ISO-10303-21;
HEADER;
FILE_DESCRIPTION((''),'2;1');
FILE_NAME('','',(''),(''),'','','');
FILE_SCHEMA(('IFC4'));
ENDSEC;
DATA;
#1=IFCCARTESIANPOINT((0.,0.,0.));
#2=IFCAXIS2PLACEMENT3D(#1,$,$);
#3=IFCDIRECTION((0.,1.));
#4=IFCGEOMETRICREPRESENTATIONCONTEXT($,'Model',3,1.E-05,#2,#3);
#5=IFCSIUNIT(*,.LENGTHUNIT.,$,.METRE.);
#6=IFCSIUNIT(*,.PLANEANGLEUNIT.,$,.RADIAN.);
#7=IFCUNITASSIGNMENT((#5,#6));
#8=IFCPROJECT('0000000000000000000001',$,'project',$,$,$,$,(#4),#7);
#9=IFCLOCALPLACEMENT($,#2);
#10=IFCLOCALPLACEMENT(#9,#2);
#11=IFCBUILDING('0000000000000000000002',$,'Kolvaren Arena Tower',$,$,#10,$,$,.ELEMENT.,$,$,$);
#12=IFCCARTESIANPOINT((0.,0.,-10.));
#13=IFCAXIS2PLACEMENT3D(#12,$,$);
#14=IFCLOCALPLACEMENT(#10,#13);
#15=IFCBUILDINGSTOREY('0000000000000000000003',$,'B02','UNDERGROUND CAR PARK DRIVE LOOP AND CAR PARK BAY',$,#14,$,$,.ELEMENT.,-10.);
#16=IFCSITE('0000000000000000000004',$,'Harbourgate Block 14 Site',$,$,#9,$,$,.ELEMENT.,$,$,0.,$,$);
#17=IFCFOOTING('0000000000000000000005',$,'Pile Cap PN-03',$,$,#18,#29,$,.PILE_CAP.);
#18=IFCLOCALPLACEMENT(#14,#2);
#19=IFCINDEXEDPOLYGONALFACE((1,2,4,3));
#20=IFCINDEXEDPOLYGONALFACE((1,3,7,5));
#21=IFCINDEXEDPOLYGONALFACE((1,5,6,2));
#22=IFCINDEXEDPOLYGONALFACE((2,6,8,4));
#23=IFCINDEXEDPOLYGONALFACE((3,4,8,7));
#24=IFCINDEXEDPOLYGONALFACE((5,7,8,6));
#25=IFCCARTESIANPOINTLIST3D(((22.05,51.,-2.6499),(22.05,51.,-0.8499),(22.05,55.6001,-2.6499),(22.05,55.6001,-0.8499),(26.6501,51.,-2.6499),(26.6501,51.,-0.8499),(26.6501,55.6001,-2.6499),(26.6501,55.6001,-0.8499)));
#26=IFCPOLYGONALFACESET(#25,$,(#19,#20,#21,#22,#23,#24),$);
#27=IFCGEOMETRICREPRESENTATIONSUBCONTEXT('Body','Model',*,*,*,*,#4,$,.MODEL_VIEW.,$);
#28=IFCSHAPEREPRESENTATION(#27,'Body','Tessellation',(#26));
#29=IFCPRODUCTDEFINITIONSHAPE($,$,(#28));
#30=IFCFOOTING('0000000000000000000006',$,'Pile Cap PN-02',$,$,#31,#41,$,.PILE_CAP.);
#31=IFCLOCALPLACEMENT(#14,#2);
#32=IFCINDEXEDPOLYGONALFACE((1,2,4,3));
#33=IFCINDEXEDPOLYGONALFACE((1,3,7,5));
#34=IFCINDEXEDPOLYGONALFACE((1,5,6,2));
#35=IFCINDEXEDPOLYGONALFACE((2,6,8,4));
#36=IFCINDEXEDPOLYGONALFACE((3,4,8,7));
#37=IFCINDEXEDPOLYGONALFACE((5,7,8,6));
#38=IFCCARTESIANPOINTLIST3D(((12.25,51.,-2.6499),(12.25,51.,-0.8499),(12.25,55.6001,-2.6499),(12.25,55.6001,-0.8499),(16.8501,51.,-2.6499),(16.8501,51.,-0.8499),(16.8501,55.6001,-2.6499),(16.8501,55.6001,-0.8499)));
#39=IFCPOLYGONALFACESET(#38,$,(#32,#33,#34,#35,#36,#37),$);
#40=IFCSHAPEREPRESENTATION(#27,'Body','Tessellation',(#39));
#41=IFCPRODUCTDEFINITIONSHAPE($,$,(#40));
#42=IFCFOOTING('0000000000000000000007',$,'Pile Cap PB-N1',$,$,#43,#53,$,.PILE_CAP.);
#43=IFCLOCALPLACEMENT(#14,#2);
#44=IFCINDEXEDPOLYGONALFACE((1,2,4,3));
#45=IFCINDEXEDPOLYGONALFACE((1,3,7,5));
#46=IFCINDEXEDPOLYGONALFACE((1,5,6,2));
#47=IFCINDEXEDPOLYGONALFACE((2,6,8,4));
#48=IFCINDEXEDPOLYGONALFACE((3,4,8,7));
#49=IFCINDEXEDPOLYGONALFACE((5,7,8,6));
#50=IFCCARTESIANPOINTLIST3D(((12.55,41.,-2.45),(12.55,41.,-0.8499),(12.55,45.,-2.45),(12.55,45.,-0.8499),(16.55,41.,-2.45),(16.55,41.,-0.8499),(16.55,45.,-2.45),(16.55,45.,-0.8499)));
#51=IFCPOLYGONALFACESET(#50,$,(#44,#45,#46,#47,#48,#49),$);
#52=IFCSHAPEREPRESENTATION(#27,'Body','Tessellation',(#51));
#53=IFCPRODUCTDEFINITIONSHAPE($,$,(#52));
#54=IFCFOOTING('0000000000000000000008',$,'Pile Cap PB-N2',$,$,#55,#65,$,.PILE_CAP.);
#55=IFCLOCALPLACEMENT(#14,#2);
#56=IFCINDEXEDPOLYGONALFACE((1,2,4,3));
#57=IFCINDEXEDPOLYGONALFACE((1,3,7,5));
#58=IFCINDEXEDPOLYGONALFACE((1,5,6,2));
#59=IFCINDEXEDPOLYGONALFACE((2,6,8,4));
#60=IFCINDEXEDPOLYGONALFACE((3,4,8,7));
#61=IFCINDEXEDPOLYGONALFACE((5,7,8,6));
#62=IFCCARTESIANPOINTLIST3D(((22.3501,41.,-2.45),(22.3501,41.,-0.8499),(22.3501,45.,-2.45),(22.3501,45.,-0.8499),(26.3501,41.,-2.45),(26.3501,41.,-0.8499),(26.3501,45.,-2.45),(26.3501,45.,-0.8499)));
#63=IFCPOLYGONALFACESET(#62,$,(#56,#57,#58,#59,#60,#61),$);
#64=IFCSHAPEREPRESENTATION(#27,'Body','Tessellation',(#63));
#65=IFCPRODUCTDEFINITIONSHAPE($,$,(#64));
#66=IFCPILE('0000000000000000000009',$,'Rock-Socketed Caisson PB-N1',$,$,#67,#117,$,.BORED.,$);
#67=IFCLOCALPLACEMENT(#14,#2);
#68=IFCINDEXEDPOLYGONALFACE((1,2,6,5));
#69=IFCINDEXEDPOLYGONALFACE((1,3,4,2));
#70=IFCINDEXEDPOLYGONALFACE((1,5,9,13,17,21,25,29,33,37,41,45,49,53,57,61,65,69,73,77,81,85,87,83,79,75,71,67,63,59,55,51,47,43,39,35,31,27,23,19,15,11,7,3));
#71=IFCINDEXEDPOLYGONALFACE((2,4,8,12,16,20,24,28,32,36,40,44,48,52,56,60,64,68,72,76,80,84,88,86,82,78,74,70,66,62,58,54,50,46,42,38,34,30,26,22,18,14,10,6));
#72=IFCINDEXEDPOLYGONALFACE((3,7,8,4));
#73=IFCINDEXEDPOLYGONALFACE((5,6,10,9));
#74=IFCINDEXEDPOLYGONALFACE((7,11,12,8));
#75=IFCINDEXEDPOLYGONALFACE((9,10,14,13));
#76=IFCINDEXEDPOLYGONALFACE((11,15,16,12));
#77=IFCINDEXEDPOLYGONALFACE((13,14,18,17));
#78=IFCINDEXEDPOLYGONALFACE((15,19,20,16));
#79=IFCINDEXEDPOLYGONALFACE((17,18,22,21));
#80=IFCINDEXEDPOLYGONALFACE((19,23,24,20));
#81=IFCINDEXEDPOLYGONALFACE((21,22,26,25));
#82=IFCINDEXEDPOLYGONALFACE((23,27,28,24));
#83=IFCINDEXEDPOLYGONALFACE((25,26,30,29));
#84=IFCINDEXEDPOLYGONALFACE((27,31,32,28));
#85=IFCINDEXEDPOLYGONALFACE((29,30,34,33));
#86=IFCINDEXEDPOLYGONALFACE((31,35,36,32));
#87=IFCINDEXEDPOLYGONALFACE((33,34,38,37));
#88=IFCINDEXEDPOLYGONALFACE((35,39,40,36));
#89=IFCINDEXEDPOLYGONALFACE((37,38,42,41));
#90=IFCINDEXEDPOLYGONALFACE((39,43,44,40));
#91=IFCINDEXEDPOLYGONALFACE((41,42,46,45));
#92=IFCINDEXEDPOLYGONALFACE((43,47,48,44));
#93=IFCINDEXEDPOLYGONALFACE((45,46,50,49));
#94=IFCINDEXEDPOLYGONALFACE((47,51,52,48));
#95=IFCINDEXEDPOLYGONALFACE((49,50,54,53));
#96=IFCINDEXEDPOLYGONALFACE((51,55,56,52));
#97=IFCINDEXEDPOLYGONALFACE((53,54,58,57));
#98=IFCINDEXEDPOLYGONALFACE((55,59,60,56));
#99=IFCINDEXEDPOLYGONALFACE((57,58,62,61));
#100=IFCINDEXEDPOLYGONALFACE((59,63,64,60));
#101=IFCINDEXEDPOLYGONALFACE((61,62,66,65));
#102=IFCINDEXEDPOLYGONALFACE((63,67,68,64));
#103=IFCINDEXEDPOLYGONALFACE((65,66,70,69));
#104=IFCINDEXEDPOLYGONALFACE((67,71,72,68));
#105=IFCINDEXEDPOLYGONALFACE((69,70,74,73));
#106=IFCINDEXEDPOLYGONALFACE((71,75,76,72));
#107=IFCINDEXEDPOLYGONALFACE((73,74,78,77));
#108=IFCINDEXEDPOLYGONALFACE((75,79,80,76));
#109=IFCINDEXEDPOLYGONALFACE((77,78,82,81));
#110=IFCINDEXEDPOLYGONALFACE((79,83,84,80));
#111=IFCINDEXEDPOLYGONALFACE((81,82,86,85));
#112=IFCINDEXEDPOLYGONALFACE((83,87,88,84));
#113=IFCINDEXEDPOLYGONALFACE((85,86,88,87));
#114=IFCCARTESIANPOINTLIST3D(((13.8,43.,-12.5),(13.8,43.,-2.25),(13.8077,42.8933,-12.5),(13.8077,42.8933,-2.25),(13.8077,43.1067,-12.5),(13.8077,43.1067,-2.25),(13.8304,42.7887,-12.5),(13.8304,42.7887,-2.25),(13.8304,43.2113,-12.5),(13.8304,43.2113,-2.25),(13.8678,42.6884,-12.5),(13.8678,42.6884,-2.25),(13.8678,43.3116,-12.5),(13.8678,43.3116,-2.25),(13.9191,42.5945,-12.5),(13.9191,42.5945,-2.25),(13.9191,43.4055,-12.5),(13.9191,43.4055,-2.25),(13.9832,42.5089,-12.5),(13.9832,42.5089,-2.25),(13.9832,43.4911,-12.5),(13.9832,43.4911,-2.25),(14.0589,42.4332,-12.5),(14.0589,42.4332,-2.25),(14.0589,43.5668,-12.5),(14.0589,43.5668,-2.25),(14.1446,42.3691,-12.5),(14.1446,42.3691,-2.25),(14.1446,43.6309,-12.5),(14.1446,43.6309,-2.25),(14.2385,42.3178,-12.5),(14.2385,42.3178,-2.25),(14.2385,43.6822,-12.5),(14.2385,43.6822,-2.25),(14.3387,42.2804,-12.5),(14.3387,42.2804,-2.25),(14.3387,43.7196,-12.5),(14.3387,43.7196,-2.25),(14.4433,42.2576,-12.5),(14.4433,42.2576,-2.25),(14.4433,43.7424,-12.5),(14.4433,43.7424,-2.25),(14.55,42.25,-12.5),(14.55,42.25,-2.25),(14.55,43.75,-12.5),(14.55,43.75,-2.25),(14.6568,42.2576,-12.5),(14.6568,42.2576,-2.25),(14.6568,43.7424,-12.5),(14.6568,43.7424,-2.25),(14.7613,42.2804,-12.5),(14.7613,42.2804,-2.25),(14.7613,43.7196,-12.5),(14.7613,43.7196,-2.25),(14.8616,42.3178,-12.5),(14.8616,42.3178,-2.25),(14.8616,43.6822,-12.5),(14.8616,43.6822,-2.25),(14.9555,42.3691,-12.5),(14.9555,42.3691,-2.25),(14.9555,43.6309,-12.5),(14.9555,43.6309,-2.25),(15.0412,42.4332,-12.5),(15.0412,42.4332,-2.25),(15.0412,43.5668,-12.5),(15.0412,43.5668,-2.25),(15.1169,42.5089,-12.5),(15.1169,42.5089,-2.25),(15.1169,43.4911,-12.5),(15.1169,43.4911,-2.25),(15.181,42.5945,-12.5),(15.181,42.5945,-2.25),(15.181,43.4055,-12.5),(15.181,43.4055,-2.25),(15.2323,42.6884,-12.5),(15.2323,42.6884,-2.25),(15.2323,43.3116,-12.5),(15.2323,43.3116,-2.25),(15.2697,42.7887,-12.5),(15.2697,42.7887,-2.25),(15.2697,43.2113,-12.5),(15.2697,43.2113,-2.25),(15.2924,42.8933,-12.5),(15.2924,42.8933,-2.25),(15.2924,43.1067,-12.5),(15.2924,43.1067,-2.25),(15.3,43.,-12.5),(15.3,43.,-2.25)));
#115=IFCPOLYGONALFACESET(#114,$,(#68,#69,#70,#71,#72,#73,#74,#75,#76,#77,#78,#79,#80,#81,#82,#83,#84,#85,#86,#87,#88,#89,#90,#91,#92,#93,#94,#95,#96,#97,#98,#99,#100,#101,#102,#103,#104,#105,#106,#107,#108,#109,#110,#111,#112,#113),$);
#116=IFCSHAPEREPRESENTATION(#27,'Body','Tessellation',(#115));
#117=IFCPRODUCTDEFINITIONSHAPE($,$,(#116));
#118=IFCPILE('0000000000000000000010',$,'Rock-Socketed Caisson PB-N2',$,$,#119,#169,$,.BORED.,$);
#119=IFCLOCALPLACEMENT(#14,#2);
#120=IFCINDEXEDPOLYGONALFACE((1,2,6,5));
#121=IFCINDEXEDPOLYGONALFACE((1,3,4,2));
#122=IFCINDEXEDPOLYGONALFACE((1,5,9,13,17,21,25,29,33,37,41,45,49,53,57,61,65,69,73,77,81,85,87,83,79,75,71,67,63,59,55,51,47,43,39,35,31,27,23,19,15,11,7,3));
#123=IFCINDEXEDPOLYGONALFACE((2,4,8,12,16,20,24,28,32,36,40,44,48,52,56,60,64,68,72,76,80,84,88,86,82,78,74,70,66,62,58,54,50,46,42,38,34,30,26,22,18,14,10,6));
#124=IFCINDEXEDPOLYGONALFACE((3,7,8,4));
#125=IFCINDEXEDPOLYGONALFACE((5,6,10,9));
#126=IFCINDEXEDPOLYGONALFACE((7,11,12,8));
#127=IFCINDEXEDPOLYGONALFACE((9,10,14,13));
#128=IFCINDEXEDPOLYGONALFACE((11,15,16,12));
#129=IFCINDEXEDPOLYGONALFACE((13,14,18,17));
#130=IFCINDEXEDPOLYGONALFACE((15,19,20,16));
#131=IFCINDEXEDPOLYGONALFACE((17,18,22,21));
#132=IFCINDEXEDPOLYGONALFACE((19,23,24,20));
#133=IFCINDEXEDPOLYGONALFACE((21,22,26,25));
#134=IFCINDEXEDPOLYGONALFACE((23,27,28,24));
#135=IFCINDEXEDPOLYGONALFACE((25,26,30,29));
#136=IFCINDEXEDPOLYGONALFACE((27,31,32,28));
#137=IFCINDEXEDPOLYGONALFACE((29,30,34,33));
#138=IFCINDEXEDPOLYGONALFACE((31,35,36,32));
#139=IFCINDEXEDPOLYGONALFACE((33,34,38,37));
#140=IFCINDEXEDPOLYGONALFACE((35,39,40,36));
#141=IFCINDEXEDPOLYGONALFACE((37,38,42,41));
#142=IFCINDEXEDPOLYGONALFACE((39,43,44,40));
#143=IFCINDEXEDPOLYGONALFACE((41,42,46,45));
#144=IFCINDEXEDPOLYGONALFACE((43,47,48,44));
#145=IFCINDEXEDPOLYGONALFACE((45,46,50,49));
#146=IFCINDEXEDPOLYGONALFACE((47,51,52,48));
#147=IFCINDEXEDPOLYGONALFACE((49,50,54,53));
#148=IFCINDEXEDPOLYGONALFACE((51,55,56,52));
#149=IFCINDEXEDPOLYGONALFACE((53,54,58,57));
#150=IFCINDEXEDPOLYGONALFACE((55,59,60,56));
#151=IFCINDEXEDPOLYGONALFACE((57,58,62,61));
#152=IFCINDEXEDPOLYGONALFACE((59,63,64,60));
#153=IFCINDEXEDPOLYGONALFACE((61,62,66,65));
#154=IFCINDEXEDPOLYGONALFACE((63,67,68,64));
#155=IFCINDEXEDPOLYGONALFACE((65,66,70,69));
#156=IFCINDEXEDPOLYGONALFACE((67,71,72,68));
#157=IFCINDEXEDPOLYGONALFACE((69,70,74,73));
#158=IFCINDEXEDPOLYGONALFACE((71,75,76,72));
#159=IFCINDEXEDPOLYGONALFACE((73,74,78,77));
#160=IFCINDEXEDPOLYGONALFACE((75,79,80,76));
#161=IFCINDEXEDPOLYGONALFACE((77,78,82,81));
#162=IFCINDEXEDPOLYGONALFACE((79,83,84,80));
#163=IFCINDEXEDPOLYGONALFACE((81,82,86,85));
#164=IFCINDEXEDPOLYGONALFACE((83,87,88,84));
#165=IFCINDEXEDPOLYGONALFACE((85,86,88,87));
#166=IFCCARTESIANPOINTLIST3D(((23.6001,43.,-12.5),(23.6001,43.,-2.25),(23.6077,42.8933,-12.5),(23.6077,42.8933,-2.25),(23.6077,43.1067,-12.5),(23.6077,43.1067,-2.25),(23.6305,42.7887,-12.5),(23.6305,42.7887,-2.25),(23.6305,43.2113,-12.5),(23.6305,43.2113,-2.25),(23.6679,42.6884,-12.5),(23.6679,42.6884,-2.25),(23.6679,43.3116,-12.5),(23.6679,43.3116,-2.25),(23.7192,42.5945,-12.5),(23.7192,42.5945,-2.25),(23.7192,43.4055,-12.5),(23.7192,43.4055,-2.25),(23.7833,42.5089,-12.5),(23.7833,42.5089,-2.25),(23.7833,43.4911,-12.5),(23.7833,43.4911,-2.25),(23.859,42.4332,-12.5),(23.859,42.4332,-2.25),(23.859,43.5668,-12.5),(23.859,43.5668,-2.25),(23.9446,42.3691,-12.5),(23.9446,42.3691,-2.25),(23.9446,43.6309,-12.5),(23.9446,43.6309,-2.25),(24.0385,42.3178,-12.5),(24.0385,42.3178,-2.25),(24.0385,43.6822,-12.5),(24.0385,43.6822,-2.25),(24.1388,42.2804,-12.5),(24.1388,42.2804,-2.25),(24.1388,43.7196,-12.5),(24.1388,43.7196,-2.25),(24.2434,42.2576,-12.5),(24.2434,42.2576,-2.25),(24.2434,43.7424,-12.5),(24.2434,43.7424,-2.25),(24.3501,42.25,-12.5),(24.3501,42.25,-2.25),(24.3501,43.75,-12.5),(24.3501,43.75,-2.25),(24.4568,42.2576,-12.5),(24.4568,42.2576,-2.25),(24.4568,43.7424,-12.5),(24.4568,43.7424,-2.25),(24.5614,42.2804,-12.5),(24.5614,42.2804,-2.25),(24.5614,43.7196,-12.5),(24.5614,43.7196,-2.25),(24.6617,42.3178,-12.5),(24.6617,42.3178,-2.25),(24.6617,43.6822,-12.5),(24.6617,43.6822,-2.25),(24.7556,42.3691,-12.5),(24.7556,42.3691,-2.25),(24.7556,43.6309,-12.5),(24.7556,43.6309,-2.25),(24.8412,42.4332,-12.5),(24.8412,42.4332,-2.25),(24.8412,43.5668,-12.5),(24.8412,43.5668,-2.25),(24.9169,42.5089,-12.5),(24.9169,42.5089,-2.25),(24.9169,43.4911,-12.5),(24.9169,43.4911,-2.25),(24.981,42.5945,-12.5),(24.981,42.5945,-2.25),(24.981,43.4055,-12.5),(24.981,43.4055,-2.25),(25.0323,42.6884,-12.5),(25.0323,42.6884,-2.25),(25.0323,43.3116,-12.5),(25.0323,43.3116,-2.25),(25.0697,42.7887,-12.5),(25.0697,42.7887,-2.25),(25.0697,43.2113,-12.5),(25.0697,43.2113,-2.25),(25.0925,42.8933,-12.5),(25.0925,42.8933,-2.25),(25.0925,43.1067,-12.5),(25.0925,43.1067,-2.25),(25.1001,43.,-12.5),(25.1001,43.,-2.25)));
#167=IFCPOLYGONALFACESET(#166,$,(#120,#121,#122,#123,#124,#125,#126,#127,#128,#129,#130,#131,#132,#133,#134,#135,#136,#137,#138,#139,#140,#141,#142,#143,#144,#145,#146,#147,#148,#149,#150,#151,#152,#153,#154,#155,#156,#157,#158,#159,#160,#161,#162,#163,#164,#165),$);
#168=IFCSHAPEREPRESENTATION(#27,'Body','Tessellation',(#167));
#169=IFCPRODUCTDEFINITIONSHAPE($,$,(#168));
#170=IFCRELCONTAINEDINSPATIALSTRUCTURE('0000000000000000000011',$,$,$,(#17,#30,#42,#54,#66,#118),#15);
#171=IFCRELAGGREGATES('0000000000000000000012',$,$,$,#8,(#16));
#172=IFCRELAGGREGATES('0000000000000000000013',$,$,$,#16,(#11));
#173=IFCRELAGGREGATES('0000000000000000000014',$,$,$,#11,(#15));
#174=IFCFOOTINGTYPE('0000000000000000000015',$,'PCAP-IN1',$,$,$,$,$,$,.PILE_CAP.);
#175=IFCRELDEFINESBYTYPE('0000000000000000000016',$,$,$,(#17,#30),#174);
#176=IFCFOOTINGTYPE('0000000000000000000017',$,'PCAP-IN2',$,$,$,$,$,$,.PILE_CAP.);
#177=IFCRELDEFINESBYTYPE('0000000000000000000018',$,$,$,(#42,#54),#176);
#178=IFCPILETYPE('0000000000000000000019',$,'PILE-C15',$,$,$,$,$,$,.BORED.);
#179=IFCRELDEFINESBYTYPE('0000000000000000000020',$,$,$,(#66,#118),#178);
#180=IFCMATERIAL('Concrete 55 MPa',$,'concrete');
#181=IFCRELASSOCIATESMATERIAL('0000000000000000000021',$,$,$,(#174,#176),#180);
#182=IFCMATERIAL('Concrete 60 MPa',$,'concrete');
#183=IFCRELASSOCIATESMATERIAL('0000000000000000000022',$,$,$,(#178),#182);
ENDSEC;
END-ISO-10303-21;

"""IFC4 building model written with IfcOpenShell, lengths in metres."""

from ifc_helpers import new_model, si_unit, direction, frame, origin, origin_2d, place, context, subcontext, project, spatial, rectangle, circle, extrude, material, material_profile, profile_set, type_object, element, save


model = new_model("IFC4")

# Units and contexts
model_context = context("Model", 3, precision=1e-05, world=origin(), true_north=direction((0.0, 1.0)))
body_context = subcontext(model_context, "Body", "Model", "MODEL_VIEW")
ifc_project = project(units=[si_unit("LENGTHUNIT", "METRE"), si_unit("PLANEANGLEUNIT", "RADIAN")], contexts=[model_context])

# Site, building, storey
site_placement = place(None, origin())
site = spatial("IfcSite", under=ifc_project, at=site_placement, Name="Harbourgate Block 14 Site", CompositionType="ELEMENT", RefElevation=0.0)
building_placement = place(site_placement, origin())
building = spatial("IfcBuilding", under=site, at=building_placement, Name="Kolvaren Arena Tower", CompositionType="ELEMENT")
storey_placement = place(building_placement, frame((0.0, 0.0, -10.0)))
storey = spatial("IfcBuildingStorey", under=building, at=storey_placement, Name="B02", Description="UNDERGROUND CAR PARK DRIVE LOOP AND CAR PARK BAY", CompositionType="ELEMENT", Elevation=-10.0)

# Footings
ifc_material_1 = material(Name="Concrete 55 MPa", Category="concrete")
footing_type_1 = type_object("IfcFootingType", Name="PCAP-IN1", PredefinedType="PILE_CAP", material=ifc_material_1)
for number, where, z_axis, x_axis, name in (
    (1, (24.3501, 53.3, -2.6499), (0.0, 0.0, 1.0), (1.0, 0.0, 0.0), "Pile Cap PN-03"),
    (2, (14.55, 53.3, -2.6499), (0.0, 0.0, 1.0), (1.0, 0.0, 0.0), "Pile Cap PN-02"),
):
    element("IfcFooting", number, at=place(storey_placement, frame(where, z_axis=z_axis, x_axis=x_axis)), inside=storey, type_object=footing_type_1, Name=name, PredefinedType="PILE_CAP", context=body_context, shape_type="SweptSolid", body=[
        extrude(rectangle(XDim=4.6001, YDim=4.6001, at=origin_2d()), origin(), (0.0, 0.0, 1.0), 1.8),
    ])
footing_type_2 = type_object("IfcFootingType", Name="PCAP-IN2", PredefinedType="PILE_CAP", material=ifc_material_1)
for number, where, z_axis, x_axis, name in (
    (3, (14.55, 43.0, -2.45), (0.0, 0.0, 1.0), (1.0, 0.0, 0.0), "Pile Cap PB-N1"),
    (4, (24.3501, 43.0, -2.45), (0.0, 0.0, 1.0), (1.0, 0.0, 0.0), "Pile Cap PB-N2"),
):
    element("IfcFooting", number, at=place(storey_placement, frame(where, z_axis=z_axis, x_axis=x_axis)), inside=storey, type_object=footing_type_2, Name=name, PredefinedType="PILE_CAP", context=body_context, shape_type="SweptSolid", body=[
        extrude(rectangle(XDim=4.0, YDim=4.0, at=origin_2d()), origin(), (0.0, 0.0, 1.0), 1.6001),
    ])

# Piles
ifc_material_2 = material(Name="Concrete 60 MPa", Category="concrete")
ifc_material_profile_1 = material_profile(ifc_material_2, circle(Radius=0.75, at=origin_2d()), Name="CAISSON-D1500")
ifc_profile_set_1 = profile_set([ifc_material_profile_1], Name="Concrete 60 MPa")
pile_type_1 = type_object("IfcPileType", Name="PILE-C15", PredefinedType="BORED", material=ifc_profile_set_1)
for number, where, z_axis, x_axis, name in (
    (5, (14.55, 43.0, -2.25), (0.0, 0.0, -1.0), (1.0, 0.0, 0.0), "Rock-Socketed Caisson PB-N1"),
    (6, (24.3501, 43.0, -2.25), (0.0, 0.0, -1.0), (1.0, 0.0, 0.0), "Rock-Socketed Caisson PB-N2"),
):
    element("IfcPile", number, at=place(storey_placement, frame(where, z_axis=z_axis, x_axis=x_axis)), inside=storey, type_object=pile_type_1, Name=name, PredefinedType="BORED", context=body_context, shape_type="SweptSolid", body=[
        extrude(circle(Radius=0.75, at=origin_2d()), origin(), (0.0, 0.0, 1.0), 10.25),
    ])

save(model, "model.ifc")
